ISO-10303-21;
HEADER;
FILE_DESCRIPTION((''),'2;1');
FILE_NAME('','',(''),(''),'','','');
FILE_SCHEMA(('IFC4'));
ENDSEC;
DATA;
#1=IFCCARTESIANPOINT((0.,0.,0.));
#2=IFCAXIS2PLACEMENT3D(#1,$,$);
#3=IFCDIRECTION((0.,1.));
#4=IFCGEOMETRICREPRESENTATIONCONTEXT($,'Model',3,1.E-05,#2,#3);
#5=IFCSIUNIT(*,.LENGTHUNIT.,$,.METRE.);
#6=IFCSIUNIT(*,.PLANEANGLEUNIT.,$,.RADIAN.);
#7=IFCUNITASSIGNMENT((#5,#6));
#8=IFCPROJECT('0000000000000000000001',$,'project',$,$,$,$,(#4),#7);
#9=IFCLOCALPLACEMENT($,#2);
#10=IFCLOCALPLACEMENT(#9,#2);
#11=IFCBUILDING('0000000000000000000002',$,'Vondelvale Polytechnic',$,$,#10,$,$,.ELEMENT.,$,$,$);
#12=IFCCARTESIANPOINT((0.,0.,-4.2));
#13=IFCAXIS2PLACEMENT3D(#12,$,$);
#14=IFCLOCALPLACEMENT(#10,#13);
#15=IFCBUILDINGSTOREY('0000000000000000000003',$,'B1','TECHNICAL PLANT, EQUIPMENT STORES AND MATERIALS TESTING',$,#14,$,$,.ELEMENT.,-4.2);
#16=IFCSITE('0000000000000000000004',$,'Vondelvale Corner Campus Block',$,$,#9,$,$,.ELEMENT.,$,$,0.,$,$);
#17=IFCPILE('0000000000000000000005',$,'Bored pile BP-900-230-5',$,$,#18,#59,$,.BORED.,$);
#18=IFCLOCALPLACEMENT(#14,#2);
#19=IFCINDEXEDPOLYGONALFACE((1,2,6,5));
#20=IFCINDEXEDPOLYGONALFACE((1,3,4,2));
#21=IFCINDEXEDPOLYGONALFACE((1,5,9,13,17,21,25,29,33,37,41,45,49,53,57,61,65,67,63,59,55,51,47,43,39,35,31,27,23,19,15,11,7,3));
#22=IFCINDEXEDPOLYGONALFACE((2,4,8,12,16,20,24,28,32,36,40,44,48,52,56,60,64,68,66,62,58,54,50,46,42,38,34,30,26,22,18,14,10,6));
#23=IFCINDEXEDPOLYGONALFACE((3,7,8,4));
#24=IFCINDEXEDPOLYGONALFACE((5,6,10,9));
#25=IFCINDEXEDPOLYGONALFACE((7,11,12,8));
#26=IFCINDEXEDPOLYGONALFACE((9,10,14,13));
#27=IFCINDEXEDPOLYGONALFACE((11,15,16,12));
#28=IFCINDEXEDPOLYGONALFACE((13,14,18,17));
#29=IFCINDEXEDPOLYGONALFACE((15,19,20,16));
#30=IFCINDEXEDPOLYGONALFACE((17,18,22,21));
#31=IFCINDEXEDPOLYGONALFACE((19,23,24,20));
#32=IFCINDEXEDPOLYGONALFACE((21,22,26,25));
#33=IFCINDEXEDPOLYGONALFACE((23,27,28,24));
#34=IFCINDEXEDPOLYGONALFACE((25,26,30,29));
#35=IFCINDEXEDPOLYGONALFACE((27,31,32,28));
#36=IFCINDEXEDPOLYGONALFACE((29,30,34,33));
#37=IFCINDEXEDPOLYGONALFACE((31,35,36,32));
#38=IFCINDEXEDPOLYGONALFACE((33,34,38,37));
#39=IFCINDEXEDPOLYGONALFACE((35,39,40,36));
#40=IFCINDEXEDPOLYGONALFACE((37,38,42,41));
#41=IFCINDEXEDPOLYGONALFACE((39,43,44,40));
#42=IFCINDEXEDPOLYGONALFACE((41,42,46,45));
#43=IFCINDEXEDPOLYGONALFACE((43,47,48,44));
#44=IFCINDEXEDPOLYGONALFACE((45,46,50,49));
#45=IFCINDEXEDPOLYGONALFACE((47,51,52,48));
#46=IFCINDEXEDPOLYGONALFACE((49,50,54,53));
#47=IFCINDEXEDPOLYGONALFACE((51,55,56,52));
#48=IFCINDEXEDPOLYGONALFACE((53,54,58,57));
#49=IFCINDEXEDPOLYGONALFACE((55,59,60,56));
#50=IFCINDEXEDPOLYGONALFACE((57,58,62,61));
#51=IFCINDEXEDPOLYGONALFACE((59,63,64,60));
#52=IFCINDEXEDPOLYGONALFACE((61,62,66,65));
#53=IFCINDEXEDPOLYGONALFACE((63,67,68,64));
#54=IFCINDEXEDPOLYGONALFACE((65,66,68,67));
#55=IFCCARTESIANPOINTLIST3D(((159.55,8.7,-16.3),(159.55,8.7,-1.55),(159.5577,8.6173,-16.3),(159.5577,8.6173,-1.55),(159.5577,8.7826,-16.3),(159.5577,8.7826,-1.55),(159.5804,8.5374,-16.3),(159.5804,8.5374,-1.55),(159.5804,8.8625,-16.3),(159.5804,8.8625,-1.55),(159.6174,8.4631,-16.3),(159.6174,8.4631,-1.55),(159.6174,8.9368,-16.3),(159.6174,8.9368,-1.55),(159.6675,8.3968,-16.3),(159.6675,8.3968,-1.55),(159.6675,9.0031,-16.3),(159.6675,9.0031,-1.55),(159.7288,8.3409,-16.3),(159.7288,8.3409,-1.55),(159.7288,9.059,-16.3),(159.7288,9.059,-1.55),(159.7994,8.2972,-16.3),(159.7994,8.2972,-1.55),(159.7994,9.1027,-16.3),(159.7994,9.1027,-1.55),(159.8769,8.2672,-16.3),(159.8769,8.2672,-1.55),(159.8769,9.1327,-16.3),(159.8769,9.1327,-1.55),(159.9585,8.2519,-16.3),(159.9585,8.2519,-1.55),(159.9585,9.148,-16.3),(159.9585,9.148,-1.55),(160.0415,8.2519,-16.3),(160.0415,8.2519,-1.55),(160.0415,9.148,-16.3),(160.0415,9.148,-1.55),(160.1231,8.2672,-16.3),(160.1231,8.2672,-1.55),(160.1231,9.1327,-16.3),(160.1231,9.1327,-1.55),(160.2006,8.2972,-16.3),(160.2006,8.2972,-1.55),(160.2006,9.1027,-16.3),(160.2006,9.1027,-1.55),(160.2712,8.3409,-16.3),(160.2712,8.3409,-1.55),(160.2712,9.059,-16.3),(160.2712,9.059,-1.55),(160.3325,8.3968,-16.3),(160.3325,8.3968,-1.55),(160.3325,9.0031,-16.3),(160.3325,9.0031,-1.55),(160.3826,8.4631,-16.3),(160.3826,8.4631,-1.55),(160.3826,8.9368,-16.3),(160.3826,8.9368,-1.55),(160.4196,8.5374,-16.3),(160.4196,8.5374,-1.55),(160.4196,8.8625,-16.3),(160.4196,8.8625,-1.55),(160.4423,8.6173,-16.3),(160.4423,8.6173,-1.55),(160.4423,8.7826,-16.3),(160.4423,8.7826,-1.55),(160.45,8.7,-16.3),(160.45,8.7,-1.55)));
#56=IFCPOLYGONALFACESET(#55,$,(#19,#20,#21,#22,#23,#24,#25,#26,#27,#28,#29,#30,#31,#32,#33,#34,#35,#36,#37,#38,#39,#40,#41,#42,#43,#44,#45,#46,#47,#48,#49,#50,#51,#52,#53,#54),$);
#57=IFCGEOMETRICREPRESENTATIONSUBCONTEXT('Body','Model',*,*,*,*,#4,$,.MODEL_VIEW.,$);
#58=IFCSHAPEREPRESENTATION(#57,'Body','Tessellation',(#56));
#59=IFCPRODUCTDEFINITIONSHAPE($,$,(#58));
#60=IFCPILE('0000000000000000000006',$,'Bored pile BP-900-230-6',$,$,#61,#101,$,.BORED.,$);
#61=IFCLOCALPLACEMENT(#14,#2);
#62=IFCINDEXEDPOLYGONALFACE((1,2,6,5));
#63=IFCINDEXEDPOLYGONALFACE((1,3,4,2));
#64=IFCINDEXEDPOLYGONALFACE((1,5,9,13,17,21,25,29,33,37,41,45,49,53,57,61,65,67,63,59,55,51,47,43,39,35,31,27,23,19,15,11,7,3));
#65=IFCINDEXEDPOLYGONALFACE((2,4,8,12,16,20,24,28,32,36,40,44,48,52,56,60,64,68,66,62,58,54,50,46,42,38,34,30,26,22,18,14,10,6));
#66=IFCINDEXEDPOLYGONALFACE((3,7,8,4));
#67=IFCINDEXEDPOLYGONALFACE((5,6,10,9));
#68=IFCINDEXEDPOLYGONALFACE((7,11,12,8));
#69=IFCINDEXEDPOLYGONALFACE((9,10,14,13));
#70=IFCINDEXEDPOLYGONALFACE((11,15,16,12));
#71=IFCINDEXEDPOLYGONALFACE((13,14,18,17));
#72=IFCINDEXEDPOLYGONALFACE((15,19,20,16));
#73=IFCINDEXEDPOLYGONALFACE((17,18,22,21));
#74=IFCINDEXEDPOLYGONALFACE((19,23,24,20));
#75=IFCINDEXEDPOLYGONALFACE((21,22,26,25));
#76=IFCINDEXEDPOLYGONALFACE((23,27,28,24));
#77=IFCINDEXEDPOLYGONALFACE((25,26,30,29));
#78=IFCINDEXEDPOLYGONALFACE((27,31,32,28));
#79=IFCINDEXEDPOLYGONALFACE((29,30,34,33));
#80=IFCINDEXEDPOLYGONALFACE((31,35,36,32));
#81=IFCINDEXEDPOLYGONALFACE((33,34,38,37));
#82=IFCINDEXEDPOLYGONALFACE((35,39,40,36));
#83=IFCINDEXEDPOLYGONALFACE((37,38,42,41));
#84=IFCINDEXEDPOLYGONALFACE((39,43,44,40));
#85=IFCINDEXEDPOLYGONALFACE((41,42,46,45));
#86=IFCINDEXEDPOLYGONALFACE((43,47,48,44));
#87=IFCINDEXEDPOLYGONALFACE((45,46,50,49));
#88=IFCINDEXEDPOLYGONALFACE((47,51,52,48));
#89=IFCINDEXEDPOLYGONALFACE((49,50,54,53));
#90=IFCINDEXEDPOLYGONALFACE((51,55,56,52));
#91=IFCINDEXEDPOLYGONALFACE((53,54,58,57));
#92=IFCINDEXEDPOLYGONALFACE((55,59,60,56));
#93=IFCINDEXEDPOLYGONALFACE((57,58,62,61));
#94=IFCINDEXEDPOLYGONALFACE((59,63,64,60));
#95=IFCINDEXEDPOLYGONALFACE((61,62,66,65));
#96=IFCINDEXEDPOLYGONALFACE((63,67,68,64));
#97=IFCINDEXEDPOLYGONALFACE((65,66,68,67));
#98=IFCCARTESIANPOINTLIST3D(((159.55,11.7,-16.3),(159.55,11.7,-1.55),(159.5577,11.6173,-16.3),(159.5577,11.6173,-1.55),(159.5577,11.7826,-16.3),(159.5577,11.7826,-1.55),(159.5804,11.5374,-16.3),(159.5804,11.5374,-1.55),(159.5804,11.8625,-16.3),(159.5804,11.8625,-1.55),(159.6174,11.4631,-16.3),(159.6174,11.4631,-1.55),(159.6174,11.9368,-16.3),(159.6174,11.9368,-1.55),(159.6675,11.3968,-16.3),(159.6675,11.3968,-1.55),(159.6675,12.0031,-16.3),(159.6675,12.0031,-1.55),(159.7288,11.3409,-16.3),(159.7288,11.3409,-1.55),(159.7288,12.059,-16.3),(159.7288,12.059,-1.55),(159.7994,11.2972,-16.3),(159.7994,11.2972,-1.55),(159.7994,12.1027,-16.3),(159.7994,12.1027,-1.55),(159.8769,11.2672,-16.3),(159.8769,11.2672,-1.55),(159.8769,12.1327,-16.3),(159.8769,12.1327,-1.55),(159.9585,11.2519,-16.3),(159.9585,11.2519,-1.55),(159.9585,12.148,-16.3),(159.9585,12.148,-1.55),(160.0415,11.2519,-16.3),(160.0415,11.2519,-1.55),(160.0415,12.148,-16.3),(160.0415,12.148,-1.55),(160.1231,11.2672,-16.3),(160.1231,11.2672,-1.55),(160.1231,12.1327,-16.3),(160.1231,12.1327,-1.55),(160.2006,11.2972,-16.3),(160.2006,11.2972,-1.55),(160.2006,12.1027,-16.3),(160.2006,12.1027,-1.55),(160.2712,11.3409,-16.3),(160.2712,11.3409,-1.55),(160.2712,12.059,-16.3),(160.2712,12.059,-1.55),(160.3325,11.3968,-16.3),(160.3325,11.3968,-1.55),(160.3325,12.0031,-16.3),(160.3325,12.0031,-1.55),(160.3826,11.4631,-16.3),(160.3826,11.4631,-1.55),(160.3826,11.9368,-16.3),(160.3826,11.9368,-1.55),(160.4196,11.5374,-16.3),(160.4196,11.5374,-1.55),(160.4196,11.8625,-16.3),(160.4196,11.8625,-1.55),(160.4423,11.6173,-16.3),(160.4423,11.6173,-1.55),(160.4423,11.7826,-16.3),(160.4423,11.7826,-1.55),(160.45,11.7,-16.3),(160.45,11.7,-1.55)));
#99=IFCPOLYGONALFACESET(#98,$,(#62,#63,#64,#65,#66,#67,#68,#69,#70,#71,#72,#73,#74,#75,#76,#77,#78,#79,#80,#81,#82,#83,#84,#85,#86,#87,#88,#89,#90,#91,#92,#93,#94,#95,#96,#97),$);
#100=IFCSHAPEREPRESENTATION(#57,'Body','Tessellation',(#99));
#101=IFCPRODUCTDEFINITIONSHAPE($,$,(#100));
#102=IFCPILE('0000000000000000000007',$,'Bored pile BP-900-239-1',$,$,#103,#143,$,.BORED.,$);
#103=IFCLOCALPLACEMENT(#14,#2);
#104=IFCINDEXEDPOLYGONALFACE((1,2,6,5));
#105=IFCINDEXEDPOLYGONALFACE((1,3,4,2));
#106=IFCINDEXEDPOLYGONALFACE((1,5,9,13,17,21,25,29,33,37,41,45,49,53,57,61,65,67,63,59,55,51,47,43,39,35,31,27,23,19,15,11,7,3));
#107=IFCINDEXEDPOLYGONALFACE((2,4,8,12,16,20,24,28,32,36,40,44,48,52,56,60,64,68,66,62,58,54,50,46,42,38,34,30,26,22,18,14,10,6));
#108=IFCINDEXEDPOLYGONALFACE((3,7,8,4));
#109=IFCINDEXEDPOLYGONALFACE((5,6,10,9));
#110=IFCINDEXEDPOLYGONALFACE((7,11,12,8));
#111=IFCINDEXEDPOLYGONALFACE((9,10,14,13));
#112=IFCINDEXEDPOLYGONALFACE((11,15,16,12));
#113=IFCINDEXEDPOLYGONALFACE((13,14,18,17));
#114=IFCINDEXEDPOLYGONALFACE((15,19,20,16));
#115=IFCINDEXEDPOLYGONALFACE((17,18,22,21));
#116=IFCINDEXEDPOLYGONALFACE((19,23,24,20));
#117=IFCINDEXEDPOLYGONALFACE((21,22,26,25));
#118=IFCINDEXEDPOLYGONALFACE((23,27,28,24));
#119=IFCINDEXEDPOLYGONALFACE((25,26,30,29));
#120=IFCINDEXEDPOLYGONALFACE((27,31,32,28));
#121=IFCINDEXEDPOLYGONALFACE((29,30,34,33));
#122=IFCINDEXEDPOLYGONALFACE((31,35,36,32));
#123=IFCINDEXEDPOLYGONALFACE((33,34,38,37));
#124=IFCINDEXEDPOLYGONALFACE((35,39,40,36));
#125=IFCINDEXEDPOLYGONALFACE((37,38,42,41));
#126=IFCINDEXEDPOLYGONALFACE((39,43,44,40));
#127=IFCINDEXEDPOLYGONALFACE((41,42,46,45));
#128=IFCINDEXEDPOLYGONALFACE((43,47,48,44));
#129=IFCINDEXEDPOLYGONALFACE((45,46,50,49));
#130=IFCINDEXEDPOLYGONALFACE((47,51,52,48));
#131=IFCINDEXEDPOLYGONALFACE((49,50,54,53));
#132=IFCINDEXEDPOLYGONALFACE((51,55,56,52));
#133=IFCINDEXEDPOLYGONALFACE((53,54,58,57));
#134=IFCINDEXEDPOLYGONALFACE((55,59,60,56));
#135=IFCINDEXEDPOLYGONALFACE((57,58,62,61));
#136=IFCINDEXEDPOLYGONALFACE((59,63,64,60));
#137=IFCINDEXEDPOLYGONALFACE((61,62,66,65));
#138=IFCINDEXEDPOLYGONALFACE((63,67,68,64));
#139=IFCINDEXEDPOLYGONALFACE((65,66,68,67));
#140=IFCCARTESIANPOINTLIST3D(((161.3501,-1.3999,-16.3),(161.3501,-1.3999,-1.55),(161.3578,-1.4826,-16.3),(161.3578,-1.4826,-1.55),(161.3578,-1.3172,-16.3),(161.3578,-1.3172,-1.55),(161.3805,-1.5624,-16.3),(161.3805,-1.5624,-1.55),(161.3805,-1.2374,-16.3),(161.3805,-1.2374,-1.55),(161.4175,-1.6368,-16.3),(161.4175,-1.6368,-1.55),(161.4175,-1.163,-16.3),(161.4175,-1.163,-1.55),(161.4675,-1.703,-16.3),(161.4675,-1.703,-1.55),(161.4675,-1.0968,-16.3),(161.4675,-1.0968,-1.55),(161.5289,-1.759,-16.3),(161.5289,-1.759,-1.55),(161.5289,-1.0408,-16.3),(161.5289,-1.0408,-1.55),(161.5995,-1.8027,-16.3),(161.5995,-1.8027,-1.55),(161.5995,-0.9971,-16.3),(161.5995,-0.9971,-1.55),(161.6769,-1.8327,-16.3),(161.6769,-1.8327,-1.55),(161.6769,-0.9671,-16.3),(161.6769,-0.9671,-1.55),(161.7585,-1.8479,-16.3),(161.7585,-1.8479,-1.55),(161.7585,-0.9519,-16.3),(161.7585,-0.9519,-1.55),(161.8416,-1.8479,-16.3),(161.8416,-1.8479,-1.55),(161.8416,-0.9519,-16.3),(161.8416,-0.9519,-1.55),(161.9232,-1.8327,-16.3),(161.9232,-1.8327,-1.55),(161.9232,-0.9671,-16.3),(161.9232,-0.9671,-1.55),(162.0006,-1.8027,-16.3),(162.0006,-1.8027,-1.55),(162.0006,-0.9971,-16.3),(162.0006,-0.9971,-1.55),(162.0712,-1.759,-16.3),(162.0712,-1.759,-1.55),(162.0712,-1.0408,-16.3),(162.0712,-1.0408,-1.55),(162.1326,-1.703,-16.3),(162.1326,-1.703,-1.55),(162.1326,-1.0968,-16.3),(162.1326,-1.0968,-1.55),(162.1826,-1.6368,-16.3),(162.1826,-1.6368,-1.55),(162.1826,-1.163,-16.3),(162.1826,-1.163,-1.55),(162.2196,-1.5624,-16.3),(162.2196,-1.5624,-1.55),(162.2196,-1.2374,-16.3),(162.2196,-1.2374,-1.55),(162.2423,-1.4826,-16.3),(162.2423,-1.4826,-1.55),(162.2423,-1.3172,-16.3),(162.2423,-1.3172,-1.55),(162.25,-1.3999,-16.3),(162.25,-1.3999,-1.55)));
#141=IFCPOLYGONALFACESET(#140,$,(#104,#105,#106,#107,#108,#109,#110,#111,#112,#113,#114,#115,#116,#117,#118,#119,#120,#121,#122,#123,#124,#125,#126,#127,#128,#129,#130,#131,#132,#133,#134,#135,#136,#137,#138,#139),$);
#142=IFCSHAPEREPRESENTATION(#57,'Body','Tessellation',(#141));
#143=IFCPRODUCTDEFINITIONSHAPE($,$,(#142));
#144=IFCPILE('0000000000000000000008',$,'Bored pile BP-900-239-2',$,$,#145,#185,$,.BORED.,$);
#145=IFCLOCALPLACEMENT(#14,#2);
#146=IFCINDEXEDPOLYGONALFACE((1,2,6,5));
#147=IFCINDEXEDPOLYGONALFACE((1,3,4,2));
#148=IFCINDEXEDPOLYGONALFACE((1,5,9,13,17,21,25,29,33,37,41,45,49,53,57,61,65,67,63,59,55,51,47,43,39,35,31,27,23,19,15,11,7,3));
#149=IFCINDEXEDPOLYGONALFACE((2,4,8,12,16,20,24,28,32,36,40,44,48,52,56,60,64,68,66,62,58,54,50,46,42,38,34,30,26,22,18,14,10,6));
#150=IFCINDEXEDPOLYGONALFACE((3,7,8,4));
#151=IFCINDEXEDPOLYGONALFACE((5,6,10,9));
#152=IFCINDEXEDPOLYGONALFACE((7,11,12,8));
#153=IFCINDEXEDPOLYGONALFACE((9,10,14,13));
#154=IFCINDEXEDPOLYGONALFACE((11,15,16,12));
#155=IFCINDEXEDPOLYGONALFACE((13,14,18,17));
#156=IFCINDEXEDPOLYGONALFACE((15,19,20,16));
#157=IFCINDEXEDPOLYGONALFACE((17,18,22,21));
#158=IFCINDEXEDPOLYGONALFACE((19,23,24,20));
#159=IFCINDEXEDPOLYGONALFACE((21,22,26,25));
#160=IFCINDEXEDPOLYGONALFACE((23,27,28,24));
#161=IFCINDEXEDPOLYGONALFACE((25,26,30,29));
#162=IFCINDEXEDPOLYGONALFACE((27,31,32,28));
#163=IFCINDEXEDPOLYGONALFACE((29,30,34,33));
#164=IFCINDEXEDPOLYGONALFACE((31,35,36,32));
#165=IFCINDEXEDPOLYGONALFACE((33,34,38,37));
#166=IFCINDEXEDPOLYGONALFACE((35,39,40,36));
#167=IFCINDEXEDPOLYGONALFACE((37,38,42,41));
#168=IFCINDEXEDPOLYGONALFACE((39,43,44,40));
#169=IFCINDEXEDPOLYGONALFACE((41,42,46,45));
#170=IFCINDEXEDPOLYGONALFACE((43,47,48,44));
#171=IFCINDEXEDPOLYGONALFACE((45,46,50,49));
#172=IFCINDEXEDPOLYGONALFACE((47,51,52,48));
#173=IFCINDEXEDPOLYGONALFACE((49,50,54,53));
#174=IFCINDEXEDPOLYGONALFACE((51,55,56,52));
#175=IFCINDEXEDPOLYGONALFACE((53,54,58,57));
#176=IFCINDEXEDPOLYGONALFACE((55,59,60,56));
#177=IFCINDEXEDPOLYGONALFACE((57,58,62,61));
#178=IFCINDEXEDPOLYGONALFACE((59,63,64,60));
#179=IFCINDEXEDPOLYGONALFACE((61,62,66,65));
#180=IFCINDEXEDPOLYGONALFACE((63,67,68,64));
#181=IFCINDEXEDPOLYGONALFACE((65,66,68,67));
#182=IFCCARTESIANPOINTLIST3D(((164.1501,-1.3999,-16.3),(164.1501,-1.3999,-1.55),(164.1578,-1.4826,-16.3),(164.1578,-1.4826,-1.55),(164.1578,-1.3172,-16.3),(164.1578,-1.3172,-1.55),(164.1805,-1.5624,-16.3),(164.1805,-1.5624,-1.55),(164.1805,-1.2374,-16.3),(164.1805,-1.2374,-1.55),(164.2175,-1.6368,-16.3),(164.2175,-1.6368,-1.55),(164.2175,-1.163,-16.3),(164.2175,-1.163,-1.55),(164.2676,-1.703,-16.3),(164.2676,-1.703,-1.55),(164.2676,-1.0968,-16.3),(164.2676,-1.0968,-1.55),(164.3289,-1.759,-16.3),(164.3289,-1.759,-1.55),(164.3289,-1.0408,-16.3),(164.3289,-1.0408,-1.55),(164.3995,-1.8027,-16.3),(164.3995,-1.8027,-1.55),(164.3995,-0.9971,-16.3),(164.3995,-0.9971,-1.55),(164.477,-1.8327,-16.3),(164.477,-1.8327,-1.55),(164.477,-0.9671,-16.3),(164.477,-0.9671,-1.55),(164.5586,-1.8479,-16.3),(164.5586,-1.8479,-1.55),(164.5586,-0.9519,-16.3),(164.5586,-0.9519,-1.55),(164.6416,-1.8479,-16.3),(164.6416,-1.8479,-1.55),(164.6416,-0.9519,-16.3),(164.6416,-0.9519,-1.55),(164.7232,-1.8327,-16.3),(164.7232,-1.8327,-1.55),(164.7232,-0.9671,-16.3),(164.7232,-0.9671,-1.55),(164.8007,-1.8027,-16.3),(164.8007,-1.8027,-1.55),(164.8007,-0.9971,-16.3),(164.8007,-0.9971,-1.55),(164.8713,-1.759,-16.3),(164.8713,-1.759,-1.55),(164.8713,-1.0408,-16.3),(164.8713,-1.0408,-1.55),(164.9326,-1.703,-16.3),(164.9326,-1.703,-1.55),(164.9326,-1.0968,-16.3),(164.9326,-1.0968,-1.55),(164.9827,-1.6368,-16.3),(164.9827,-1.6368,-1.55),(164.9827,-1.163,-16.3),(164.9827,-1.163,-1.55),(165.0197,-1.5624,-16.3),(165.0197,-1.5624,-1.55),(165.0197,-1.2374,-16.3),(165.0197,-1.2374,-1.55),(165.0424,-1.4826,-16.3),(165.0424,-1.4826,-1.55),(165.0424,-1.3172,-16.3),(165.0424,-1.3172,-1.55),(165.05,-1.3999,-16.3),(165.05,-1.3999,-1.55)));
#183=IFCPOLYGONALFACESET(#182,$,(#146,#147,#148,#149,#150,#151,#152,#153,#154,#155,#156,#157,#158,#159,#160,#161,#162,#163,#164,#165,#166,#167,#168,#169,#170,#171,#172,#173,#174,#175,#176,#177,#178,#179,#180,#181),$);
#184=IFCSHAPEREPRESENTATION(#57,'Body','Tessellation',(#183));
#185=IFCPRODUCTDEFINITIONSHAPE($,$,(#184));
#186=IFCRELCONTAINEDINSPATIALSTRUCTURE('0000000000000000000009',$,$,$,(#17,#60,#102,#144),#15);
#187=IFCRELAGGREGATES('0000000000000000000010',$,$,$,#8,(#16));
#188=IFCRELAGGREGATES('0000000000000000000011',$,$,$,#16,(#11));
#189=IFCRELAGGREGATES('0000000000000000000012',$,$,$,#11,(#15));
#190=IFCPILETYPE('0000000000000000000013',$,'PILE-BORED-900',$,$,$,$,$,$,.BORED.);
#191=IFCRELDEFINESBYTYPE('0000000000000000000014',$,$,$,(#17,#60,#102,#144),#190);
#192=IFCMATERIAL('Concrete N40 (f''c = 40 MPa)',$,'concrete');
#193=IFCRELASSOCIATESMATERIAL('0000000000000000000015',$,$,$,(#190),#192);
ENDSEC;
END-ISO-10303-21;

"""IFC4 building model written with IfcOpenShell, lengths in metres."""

from ifc_helpers import new_model, si_unit, direction, frame, origin, origin_2d, place, context, subcontext, project, spatial, circle, extrude, material, material_profile, profile_set, type_object, element, save


model = new_model("IFC4")

# Units and contexts
model_context = context("Model", 3, precision=1e-05, world=origin(), true_north=direction((0.0, 1.0)))
body_context = subcontext(model_context, "Body", "Model", "MODEL_VIEW")
ifc_project = project(units=[si_unit("LENGTHUNIT", "METRE"), si_unit("PLANEANGLEUNIT", "RADIAN")], contexts=[model_context])

# Site, building, storey
site_placement = place(None, origin())
site = spatial("IfcSite", under=ifc_project, at=site_placement, Name="Vondelvale Corner Campus Block", CompositionType="ELEMENT", RefElevation=0.0)
building_placement = place(site_placement, origin())
building = spatial("IfcBuilding", under=site, at=building_placement, Name="Vondelvale Polytechnic", CompositionType="ELEMENT")
storey_placement = place(building_placement, frame((0.0, 0.0, -4.2)))
storey = spatial("IfcBuildingStorey", under=building, at=storey_placement, Name="B1", Description="TECHNICAL PLANT, EQUIPMENT STORES AND MATERIALS TESTING", CompositionType="ELEMENT", Elevation=-4.2)

# Shared definitions
ifc_material_1 = material(Name="Concrete N40 (f'c = 40 MPa)", Category="concrete")

# Piles
ifc_material_profile_1 = material_profile(ifc_material_1, circle(Radius=0.45, at=origin_2d()), Name="PILE-D900")
ifc_profile_set_1 = profile_set([ifc_material_profile_1], Name="Concrete N40 (f'c = 40 MPa)")
pile_type_1 = type_object("IfcPileType", Name="PILE-BORED-900", PredefinedType="BORED", material=ifc_profile_set_1)
for number, where, z_axis, x_axis, name in (
    (1, (160.0, 8.7, -1.55), (0.0, 0.0, -1.0), (1.0, 0.0, 0.0), "Bored pile BP-900-230-5"),
    (2, (160.0, 11.7, -1.55), (0.0, 0.0, -1.0), (1.0, 0.0, 0.0), "Bored pile BP-900-230-6"),
    (3, (161.8, -1.3999, -1.55), (0.0, 0.0, -1.0), (1.0, 0.0, 0.0), "Bored pile BP-900-239-1"),
    (4, (164.6001, -1.3999, -1.55), (0.0, 0.0, -1.0), (1.0, 0.0, 0.0), "Bored pile BP-900-239-2"),
):
    element("IfcPile", number, at=place(storey_placement, frame(where, z_axis=z_axis, x_axis=x_axis)), inside=storey, type_object=pile_type_1, Name=name, PredefinedType="BORED", context=body_context, shape_type="SweptSolid", body=[
        extrude(circle(Radius=0.45, at=origin_2d()), origin(), (0.0, 0.0, 1.0), 14.75),
    ])

save(model, "model.ifc")
